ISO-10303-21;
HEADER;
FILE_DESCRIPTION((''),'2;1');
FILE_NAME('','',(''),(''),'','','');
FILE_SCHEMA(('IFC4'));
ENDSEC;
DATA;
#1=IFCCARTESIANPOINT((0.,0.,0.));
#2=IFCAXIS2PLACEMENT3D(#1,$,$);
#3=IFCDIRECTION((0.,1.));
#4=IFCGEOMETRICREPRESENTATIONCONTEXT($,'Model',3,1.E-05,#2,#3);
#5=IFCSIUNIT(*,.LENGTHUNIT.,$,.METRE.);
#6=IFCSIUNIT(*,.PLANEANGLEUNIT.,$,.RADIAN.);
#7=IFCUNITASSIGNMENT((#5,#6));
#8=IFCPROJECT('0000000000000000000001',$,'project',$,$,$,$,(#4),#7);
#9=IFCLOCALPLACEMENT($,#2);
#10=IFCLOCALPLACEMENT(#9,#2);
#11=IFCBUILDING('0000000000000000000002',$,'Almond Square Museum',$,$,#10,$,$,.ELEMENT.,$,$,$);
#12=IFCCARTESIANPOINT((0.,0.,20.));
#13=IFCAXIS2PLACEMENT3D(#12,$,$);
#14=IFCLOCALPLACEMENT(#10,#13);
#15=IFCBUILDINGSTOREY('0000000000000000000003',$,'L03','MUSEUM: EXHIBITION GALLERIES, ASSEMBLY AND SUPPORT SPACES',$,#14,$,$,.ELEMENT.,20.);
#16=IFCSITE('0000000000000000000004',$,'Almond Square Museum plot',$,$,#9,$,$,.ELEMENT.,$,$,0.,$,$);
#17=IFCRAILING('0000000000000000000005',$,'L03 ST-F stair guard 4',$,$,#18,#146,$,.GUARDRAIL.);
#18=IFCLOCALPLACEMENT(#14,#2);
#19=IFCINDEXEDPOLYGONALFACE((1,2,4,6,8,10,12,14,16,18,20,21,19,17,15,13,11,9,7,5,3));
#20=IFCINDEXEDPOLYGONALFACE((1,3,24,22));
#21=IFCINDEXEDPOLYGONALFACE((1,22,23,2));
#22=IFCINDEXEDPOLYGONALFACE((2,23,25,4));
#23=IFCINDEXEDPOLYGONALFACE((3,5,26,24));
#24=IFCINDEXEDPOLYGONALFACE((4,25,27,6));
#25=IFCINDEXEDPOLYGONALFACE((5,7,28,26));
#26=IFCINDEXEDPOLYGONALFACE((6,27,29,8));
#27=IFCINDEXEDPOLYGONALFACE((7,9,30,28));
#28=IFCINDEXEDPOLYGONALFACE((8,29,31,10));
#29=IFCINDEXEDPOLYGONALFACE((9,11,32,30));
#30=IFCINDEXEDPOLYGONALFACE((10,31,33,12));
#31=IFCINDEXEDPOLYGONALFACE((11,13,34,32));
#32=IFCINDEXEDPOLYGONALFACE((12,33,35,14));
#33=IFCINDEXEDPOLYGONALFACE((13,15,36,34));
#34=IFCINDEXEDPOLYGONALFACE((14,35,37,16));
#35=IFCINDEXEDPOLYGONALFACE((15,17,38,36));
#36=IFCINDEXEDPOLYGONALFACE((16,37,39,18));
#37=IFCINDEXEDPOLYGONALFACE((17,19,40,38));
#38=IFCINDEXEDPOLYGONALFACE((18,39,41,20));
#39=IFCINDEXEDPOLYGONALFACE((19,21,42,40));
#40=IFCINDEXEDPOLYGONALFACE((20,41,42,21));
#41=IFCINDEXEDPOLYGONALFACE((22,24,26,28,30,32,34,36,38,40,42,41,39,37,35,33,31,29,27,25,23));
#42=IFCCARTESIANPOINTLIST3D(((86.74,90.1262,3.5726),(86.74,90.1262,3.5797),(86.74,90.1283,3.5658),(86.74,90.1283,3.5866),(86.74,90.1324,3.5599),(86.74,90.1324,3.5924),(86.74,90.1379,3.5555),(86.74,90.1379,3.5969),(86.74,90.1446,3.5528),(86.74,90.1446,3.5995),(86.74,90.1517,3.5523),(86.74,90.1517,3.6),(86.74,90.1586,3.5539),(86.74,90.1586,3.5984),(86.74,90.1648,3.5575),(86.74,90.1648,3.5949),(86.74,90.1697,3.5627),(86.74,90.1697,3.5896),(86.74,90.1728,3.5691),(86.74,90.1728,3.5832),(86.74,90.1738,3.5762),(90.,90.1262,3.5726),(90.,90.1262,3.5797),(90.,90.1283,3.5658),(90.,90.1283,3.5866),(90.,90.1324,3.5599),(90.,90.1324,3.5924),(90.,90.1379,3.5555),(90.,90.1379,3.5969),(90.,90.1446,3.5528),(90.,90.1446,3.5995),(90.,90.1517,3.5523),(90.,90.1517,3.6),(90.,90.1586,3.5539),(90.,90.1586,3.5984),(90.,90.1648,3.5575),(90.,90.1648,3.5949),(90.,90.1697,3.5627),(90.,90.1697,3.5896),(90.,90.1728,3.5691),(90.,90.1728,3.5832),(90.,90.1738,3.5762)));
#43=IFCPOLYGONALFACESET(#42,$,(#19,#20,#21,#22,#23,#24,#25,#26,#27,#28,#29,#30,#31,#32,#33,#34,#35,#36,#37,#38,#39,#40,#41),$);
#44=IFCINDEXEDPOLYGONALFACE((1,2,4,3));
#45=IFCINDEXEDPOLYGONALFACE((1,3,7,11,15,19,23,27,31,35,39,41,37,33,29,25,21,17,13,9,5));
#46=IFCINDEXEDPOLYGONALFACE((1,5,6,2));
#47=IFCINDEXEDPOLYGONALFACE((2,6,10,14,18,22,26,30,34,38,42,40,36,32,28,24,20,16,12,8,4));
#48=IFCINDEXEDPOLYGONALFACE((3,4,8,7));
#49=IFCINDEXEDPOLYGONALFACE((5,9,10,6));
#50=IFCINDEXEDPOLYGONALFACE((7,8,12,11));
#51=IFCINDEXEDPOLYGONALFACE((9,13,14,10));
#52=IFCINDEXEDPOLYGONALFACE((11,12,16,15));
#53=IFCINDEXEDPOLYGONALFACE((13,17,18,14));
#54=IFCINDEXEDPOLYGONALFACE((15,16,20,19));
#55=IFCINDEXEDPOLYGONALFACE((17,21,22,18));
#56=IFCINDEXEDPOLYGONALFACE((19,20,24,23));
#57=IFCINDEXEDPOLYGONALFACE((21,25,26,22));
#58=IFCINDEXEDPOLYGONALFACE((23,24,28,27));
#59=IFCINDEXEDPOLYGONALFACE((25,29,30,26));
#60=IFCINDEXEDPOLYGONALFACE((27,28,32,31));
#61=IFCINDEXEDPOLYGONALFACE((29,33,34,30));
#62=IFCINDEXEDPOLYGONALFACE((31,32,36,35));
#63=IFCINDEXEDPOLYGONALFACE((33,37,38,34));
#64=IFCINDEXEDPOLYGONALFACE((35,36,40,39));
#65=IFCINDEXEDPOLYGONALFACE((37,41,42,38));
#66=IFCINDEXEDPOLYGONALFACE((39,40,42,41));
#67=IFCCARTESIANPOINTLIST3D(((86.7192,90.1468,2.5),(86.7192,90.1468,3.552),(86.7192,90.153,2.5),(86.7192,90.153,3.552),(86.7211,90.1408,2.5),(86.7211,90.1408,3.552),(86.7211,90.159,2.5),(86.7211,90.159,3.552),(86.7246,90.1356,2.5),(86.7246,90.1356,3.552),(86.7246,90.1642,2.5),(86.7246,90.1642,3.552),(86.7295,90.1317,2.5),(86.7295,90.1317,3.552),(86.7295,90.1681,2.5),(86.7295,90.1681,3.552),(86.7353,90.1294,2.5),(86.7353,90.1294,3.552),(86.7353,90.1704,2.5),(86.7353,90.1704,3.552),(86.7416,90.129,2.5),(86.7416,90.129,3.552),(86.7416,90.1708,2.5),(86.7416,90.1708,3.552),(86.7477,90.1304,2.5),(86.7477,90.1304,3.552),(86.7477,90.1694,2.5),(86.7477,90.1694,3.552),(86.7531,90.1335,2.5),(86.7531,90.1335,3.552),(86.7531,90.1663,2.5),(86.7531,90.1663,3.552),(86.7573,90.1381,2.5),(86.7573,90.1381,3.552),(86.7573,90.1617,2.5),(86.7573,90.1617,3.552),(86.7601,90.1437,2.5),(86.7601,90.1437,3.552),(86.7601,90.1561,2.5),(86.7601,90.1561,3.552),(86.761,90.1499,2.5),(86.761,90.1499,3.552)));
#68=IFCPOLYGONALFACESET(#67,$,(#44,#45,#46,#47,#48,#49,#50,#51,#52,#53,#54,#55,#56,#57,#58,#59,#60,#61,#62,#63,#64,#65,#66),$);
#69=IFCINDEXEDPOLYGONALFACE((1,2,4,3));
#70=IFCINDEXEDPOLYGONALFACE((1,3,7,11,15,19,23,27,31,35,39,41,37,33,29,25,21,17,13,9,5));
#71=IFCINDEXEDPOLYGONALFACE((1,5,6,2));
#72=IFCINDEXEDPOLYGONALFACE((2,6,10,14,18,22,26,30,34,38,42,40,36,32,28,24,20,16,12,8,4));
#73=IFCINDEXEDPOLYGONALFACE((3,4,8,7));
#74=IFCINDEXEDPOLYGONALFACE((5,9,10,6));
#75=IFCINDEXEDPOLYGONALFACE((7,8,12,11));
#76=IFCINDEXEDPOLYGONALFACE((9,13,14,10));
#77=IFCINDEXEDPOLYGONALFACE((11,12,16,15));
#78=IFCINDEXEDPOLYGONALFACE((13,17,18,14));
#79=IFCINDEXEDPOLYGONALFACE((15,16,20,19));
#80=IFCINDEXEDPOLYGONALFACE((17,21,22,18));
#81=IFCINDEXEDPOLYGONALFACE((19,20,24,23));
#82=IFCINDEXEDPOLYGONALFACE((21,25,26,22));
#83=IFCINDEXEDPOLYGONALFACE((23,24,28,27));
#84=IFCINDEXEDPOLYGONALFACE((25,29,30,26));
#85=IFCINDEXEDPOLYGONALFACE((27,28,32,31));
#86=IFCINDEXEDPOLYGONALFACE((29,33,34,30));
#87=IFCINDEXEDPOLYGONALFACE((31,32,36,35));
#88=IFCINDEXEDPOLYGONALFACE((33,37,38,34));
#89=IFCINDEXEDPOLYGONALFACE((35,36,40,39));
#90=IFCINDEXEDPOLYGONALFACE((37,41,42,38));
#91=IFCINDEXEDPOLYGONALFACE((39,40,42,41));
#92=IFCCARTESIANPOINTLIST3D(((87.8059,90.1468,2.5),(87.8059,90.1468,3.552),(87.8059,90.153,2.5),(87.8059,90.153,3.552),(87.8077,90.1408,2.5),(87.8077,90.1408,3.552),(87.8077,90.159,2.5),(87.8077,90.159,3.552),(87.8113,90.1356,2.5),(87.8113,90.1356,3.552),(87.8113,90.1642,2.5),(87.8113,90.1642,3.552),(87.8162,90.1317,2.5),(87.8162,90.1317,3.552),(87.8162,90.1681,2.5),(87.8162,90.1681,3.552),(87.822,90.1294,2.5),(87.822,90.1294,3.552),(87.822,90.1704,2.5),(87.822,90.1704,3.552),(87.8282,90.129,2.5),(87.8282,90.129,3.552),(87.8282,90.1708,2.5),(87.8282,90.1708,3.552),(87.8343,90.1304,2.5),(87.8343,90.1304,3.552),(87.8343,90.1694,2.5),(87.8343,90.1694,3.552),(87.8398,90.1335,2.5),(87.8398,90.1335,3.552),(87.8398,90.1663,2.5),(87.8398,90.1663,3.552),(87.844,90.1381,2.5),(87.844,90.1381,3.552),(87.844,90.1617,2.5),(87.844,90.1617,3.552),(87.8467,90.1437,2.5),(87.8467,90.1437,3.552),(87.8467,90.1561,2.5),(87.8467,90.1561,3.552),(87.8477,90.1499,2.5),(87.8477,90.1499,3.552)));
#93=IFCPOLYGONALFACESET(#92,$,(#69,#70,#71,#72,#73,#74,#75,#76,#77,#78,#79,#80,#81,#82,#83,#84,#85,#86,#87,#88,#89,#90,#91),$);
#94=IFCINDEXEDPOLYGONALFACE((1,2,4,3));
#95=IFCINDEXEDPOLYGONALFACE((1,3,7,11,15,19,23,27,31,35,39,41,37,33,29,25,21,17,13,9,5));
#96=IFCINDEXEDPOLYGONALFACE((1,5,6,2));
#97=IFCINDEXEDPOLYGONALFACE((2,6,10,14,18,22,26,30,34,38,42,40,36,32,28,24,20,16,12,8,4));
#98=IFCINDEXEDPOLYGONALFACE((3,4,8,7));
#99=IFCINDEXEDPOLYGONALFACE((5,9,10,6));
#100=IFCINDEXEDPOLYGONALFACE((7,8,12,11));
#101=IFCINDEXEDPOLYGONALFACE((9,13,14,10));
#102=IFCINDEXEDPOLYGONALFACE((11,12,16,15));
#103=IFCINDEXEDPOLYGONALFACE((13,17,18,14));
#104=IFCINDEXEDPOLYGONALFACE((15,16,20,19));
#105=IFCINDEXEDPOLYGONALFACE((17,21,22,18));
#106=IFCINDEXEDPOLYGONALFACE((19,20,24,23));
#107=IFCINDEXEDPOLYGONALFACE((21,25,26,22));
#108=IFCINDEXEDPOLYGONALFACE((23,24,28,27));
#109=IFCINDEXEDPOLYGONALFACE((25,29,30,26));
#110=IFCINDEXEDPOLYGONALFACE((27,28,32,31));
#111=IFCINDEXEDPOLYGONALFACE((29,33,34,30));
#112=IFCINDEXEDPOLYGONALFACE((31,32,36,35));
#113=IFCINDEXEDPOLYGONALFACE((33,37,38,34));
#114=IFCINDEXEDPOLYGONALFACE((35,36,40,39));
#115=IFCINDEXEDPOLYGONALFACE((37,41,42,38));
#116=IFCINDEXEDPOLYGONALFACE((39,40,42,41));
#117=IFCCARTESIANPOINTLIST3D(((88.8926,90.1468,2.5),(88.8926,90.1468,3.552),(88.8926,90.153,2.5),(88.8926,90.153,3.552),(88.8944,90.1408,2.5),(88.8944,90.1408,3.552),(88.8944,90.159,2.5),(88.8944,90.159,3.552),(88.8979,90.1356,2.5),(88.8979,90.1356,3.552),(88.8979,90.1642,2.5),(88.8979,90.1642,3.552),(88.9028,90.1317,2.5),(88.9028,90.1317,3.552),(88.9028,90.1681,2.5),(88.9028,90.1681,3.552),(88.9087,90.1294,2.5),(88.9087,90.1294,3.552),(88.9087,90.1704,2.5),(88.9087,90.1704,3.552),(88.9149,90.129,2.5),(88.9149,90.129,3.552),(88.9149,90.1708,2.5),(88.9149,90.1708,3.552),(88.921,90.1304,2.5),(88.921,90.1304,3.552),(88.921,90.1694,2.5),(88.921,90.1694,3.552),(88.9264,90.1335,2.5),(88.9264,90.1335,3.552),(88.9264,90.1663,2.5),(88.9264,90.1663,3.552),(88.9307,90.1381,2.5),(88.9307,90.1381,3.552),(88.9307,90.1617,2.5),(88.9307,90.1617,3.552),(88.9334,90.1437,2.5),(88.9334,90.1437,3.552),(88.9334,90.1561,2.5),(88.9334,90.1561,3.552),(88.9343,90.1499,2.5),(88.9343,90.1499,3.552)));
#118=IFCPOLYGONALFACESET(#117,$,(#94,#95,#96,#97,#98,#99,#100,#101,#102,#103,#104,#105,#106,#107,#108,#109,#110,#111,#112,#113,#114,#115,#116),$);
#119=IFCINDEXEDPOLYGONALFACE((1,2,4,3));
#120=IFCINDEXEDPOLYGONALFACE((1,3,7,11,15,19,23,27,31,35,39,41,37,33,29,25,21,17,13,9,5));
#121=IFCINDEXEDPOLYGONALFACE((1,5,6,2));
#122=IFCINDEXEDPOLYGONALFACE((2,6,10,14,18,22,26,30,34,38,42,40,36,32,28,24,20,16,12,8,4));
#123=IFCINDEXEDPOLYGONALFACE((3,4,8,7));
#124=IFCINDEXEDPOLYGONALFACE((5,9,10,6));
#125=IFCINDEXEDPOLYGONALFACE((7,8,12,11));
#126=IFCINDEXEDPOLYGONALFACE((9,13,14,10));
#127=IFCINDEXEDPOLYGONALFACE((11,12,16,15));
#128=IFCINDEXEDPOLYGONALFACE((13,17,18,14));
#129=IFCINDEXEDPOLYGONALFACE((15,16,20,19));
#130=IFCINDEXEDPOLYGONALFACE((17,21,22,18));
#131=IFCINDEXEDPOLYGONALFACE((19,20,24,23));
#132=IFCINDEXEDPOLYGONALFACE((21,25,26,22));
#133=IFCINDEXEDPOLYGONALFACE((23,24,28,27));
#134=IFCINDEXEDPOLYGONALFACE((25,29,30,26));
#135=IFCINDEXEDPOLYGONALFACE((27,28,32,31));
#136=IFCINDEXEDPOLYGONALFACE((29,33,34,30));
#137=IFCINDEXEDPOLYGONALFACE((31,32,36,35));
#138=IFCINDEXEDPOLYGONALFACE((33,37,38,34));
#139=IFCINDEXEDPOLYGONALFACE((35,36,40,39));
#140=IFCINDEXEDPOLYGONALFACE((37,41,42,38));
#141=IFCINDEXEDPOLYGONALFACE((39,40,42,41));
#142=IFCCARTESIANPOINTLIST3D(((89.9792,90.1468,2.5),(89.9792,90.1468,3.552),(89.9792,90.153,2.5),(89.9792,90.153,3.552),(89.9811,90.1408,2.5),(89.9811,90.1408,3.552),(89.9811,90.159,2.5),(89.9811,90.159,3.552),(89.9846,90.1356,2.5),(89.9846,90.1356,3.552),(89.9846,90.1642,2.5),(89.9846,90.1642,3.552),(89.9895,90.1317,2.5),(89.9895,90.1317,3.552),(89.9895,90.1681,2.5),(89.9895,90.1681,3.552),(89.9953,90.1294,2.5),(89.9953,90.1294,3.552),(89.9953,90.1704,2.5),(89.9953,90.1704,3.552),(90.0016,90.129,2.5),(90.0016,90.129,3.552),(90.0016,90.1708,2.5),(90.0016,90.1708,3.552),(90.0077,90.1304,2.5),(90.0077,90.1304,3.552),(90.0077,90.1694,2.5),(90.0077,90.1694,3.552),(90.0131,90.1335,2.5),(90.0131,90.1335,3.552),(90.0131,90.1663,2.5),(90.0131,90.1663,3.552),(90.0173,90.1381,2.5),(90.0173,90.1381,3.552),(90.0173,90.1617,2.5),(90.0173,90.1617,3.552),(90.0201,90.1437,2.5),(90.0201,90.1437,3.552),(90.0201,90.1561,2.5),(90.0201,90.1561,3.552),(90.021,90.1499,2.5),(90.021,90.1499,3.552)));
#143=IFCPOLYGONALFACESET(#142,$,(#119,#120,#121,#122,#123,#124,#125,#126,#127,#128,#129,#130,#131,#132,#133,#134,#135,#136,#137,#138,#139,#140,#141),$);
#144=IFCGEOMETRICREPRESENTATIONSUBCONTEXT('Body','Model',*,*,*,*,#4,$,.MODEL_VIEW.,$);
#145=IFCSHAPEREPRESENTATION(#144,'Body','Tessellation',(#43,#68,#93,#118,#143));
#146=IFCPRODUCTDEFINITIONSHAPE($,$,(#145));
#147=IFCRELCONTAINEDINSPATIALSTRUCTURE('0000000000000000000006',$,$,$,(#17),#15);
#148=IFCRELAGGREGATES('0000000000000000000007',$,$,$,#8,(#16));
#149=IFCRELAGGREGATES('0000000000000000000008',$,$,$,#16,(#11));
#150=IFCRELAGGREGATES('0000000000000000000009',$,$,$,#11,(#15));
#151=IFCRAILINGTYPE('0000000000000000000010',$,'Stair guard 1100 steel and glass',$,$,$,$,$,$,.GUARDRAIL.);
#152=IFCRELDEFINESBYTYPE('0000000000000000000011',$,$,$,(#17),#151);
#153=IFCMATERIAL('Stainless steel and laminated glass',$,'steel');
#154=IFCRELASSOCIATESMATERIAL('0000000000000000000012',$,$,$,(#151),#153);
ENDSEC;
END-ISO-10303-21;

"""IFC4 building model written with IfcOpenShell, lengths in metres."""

from ifc_helpers import new_model, si_unit, direction, frame, origin, origin_2d, place, context, subcontext, project, spatial, circle, extrude, material, type_object, element, save


model = new_model("IFC4")

# Units and contexts
model_context = context("Model", 3, precision=1e-05, world=origin(), true_north=direction((0.0, 1.0)))
body_context = subcontext(model_context, "Body", "Model", "MODEL_VIEW")
ifc_project = project(units=[si_unit("LENGTHUNIT", "METRE"), si_unit("PLANEANGLEUNIT", "RADIAN")], contexts=[model_context])

# Site, building, storey
site_placement = place(None, origin())
site = spatial("IfcSite", under=ifc_project, at=site_placement, Name="Almond Square Museum plot", CompositionType="ELEMENT", RefElevation=0.0)
building_placement = place(site_placement, origin())
building = spatial("IfcBuilding", under=site, at=building_placement, Name="Almond Square Museum", CompositionType="ELEMENT")
storey_placement = place(building_placement, frame((0.0, 0.0, 20.0)))
storey = spatial("IfcBuildingStorey", under=building, at=storey_placement, Name="L03", Description="MUSEUM: EXHIBITION GALLERIES, ASSEMBLY AND SUPPORT SPACES", CompositionType="ELEMENT", Elevation=20.0)

# Railing
ifc_material_1 = material(Name="Stainless steel and laminated glass", Category="steel")
railing_type_1 = type_object("IfcRailingType", Name="Stair guard 1100 steel and glass", PredefinedType="GUARDRAIL", material=ifc_material_1)
for number, where, name in (
    (1, (86.74, 90.1499, 2.5), "L03 ST-F stair guard 4"),
):
    element("IfcRailing", number, at=place(storey_placement, frame(where)), inside=storey, type_object=railing_type_1, Name=name, PredefinedType="GUARDRAIL", context=body_context, shape_type="SweptSolid", body=[
        extrude(circle(Radius=0.0239, at=origin_2d()), frame((0.0, 0.0, 1.0762), z_axis=(1.0, 0.0, 0.0), x_axis=(0.0, 1.0, 0.0)), (0.0, 0.0, 1.0), 3.26),
        extrude(circle(Radius=0.021, at=origin_2d()), origin(), (0.0, 0.0, 1.0), 1.052),
        extrude(circle(Radius=0.021, at=origin_2d()), frame((1.0867, 0.0, 0.0)), (0.0, 0.0, 1.0), 1.052),
        extrude(circle(Radius=0.021, at=origin_2d()), frame((2.1733, 0.0, 0.0)), (0.0, 0.0, 1.0), 1.052),
        extrude(circle(Radius=0.021, at=origin_2d()), frame((3.26, 0.0, 0.0)), (0.0, 0.0, 1.0), 1.052),
    ])

save(model, "model.ifc")
